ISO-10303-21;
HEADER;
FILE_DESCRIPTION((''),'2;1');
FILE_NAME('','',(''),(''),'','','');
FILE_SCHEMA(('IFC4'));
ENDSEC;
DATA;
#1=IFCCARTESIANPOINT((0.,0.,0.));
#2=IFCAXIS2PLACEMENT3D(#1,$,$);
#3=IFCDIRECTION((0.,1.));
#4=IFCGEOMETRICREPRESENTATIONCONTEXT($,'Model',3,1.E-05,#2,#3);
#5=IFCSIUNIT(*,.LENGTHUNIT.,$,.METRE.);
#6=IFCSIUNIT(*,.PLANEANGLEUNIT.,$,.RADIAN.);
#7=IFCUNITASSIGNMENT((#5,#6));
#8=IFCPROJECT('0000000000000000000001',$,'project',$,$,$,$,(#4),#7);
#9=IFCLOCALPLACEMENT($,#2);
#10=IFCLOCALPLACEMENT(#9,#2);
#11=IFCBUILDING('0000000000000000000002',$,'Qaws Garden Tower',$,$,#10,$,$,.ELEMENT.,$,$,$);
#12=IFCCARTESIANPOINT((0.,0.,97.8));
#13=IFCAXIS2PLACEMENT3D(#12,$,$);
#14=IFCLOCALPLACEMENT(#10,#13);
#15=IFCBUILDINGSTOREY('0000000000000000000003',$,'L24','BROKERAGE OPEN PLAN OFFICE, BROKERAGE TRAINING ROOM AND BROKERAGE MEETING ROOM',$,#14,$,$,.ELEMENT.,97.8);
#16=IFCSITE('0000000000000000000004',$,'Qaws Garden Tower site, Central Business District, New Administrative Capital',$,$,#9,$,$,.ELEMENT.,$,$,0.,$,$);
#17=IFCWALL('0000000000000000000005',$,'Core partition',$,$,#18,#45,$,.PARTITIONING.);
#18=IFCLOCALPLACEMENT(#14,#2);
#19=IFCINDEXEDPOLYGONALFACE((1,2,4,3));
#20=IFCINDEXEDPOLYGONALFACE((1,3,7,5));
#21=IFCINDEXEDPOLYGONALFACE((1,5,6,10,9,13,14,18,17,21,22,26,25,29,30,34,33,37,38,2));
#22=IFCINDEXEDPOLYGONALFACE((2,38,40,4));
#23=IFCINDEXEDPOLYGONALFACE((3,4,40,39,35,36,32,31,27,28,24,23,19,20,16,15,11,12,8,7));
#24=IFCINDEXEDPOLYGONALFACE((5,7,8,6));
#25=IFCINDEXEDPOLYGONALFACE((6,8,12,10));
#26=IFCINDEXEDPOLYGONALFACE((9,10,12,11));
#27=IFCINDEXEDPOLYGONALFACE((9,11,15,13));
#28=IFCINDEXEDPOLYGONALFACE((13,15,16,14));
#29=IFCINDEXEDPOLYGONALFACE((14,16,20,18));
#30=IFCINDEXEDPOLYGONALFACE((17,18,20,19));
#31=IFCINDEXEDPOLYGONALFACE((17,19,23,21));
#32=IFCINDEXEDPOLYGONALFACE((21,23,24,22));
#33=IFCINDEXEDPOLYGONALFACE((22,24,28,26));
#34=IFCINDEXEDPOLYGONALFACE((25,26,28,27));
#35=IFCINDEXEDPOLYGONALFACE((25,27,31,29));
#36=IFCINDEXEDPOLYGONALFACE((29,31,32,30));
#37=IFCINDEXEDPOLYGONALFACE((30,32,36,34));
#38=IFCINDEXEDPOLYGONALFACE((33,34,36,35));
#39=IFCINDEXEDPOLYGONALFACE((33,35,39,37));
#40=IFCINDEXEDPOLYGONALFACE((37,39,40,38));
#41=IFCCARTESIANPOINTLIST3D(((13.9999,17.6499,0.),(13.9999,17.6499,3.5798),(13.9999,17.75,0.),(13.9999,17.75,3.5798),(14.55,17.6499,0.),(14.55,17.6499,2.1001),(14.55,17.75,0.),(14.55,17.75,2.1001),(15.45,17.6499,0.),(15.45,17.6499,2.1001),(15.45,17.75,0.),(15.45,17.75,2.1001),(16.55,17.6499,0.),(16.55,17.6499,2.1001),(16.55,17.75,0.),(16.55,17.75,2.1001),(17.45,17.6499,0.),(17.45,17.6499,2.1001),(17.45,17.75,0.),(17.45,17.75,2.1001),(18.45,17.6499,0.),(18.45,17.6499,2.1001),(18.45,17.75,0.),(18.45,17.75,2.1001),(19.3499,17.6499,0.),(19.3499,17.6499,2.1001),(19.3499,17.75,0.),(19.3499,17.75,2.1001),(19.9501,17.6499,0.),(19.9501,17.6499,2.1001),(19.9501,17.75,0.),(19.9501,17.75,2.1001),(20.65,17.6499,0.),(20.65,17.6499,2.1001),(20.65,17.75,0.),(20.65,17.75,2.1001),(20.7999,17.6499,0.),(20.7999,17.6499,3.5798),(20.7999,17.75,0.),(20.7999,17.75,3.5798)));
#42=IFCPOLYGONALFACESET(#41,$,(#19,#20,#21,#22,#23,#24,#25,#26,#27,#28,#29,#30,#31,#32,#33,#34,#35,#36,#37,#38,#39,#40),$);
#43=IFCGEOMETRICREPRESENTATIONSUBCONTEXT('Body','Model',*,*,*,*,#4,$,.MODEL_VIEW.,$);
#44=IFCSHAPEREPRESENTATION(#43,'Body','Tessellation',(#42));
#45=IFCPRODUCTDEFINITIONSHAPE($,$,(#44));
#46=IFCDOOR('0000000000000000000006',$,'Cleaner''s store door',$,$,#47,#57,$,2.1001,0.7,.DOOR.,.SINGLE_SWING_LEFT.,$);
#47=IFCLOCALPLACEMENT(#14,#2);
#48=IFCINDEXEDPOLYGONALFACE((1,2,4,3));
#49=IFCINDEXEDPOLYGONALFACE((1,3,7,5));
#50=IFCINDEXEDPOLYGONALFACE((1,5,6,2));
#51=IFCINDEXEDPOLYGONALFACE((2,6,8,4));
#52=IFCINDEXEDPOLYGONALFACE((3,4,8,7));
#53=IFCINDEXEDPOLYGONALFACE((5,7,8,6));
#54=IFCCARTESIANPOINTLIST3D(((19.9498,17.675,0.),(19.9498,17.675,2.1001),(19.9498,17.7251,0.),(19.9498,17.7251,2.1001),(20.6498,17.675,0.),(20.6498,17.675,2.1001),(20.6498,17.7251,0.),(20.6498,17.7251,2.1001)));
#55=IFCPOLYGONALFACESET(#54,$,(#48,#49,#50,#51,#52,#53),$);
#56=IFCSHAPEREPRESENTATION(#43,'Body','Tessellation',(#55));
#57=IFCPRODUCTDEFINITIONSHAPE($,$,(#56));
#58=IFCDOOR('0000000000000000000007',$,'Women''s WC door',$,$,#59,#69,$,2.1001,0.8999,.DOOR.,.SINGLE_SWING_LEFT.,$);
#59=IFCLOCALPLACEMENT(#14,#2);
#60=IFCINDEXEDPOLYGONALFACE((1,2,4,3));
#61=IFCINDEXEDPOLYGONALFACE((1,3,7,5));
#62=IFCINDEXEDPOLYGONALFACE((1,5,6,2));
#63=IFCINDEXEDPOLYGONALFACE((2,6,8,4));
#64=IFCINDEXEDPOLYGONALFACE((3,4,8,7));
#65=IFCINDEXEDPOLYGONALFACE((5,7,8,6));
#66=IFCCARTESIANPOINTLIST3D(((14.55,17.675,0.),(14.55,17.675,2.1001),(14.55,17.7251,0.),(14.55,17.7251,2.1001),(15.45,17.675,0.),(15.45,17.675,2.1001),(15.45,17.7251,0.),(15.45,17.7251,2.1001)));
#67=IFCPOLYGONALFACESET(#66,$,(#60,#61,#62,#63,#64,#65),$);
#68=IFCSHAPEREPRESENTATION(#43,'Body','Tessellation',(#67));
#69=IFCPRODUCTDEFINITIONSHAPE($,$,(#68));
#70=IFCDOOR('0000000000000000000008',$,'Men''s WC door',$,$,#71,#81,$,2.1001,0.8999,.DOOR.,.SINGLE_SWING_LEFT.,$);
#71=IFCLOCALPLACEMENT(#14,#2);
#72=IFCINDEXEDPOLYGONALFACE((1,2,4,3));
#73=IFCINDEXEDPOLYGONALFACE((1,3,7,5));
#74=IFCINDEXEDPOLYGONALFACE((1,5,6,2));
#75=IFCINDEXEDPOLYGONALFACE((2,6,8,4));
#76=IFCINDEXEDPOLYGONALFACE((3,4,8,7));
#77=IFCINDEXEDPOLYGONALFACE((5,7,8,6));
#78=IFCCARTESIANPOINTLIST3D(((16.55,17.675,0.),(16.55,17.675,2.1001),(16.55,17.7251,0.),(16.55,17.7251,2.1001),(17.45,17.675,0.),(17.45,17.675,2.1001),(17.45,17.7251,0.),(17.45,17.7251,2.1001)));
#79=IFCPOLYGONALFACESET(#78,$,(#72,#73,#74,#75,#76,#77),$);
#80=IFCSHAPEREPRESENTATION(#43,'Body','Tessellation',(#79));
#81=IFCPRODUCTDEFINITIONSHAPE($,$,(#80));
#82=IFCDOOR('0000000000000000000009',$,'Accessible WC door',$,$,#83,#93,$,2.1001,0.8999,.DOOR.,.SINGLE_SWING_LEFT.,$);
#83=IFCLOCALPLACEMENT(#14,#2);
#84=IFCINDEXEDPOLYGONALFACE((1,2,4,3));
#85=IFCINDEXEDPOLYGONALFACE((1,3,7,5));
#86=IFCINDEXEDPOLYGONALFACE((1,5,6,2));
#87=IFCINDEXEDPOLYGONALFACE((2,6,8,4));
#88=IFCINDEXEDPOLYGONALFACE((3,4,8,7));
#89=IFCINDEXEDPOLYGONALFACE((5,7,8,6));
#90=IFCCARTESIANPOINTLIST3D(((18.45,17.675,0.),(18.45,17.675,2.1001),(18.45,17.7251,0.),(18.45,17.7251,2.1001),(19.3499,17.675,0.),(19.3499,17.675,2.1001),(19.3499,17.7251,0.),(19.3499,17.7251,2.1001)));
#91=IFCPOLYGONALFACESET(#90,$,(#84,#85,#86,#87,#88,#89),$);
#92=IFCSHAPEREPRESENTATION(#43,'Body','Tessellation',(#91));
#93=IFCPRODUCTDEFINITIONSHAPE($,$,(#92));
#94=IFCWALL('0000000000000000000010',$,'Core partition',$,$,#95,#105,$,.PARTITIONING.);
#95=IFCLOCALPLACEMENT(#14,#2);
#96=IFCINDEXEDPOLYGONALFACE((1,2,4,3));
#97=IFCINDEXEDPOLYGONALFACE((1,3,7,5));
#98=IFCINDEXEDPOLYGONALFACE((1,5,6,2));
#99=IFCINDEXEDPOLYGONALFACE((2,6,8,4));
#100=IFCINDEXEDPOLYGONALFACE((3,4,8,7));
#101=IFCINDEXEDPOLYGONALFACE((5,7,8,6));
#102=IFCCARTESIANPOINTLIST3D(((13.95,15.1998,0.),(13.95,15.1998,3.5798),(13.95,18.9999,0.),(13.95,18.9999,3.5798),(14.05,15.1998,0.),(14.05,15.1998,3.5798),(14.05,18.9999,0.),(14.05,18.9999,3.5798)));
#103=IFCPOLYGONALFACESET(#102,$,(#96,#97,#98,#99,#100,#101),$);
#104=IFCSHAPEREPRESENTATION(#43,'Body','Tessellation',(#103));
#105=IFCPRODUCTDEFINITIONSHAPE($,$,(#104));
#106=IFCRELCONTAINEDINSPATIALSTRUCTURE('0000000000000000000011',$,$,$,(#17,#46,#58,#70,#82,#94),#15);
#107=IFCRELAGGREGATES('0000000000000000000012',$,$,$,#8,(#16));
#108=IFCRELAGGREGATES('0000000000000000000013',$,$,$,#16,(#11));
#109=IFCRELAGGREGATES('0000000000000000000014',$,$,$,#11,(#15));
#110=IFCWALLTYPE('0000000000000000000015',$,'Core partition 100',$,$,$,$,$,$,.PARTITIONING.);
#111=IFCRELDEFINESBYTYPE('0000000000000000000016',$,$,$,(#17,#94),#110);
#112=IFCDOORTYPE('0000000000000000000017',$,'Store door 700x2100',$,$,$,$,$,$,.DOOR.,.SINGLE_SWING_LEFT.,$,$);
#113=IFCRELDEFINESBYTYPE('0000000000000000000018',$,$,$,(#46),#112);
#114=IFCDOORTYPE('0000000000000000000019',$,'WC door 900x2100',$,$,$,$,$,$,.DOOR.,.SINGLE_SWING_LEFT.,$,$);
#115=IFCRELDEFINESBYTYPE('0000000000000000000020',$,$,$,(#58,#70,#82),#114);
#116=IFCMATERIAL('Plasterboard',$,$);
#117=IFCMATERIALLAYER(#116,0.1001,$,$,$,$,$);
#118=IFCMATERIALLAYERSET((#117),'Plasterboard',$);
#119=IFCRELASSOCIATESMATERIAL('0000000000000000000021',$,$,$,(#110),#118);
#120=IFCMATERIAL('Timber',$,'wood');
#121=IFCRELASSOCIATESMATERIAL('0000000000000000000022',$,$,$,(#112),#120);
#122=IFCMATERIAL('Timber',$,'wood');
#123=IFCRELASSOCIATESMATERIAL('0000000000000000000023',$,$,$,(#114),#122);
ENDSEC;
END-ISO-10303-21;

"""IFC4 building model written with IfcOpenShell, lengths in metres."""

from ifc_helpers import new_model, si_unit, direction, frame, frame_2d, origin, place, context, subcontext, project, spatial, rectangle, extrude, material, layer, layer_set, type_object, element, fill, save


model = new_model("IFC4")

# Units and contexts
model_context = context("Model", 3, precision=1e-05, world=origin(), true_north=direction((0.0, 1.0)))
body_context = subcontext(model_context, "Body", "Model", "MODEL_VIEW")
ifc_project = project(units=[si_unit("LENGTHUNIT", "METRE"), si_unit("PLANEANGLEUNIT", "RADIAN")], contexts=[model_context])

# Site, building, storey
site_placement = place(None, origin())
site = spatial("IfcSite", under=ifc_project, at=site_placement, Name="Qaws Garden Tower site, Central Business District, New Administrative Capital", CompositionType="ELEMENT", RefElevation=0.0)
building_placement = place(site_placement, origin())
building = spatial("IfcBuilding", under=site, at=building_placement, Name="Qaws Garden Tower", CompositionType="ELEMENT")
storey_placement = place(building_placement, frame((0.0, 0.0, 97.8)))
storey = spatial("IfcBuildingStorey", under=building, at=storey_placement, Name="L24", Description="BROKERAGE OPEN PLAN OFFICE, BROKERAGE TRAINING ROOM AND BROKERAGE MEETING ROOM", CompositionType="ELEMENT", Elevation=97.8)

# Wall, openings, doors
ifc_material_1 = material(Name="Plasterboard")
ifc_layer_1 = layer(ifc_material_1, 0.1001)
ifc_layer_set_1 = layer_set([ifc_layer_1], Name="Plasterboard")
wall_type_1 = type_object("IfcWallType", Name="Core partition 100", PredefinedType="PARTITIONING", material=ifc_layer_set_1)
wall_1_placement = place(storey_placement, frame((14.0, 17.7, 0.0), z_axis=(0.0, 0.0, 1.0), x_axis=(1.0, 0.0, 0.0)))
wall_1 = element("IfcWall", 1, at=wall_1_placement, inside=storey, type_object=wall_type_1, Name="Core partition", PredefinedType="PARTITIONING", context=body_context, shape_type="SweptSolid", body=[
    extrude(rectangle(XDim=6.8, YDim=0.1001, at=frame_2d((3.3999, 0.0))), origin(), (0.0, 0.0, 1.0), 3.5798),
])
opening_1_placement = place(wall_1_placement, frame((0.55, 0.0, 0.0)))
opening_1 = element("IfcOpeningElement", 2, at=opening_1_placement, cuts=wall_1, PredefinedType="OPENING", context=body_context, shape_type="SweptSolid", body=[
    extrude(rectangle(XDim=0.8999, YDim=2.1001, at=frame_2d((0.45, 1.05))), frame((0.0, 0.0601, 0.0), z_axis=(0.0, -1.0, 0.0), x_axis=(1.0, 0.0, 0.0)), (0.0, 0.0, 1.0), 0.1201),
])
opening_2_placement = place(wall_1_placement, frame((2.55, 0.0, 0.0)))
opening_2 = element("IfcOpeningElement", 3, at=opening_2_placement, cuts=wall_1, PredefinedType="OPENING", context=body_context, shape_type="SweptSolid", body=[
    extrude(rectangle(XDim=0.8999, YDim=2.1001, at=frame_2d((0.45, 1.05))), frame((0.0, 0.0601, 0.0), z_axis=(0.0, -1.0, 0.0), x_axis=(1.0, 0.0, 0.0)), (0.0, 0.0, 1.0), 0.1201),
])
opening_3_placement = place(wall_1_placement, frame((4.45, 0.0, 0.0)))
opening_3 = element("IfcOpeningElement", 4, at=opening_3_placement, cuts=wall_1, PredefinedType="OPENING", context=body_context, shape_type="SweptSolid", body=[
    extrude(rectangle(XDim=0.8999, YDim=2.1001, at=frame_2d((0.45, 1.05))), frame((0.0, 0.0601, 0.0), z_axis=(0.0, -1.0, 0.0), x_axis=(1.0, 0.0, 0.0)), (0.0, 0.0, 1.0), 0.1201),
])
opening_4_placement = place(wall_1_placement, frame((5.95, 0.0, 0.0)))
opening_4 = element("IfcOpeningElement", 5, at=opening_4_placement, cuts=wall_1, PredefinedType="OPENING", context=body_context, shape_type="SweptSolid", body=[
    extrude(rectangle(XDim=0.7, YDim=2.1001, at=frame_2d((0.3501, 1.05))), frame((0.0, 0.0601, 0.0), z_axis=(0.0, -1.0, 0.0), x_axis=(1.0, 0.0, 0.0)), (0.0, 0.0, 1.0), 0.1201),
])
ifc_material_2 = material(Name="Timber", Category="wood")
door_type_1 = type_object("IfcDoorType", Name="Store door 700x2100", OperationType="SINGLE_SWING_LEFT", PredefinedType="DOOR", material=ifc_material_2)
door_1_placement = place(opening_4_placement, frame((0.7, 0.0, 0.0), z_axis=(0.0, 0.0, 1.0), x_axis=(-1.0, 0.0, 0.0)))
door_1 = element("IfcDoor", 6, at=door_1_placement, inside=storey, type_object=door_type_1, Name="Cleaner's store door", OperationType="SINGLE_SWING_LEFT", OverallHeight=2.1001, OverallWidth=0.7, PredefinedType="DOOR", context=body_context, shape_type="SweptSolid", body=[
    extrude(rectangle(XDim=0.7, YDim=2.1001, at=frame_2d((0.3501, 1.05))), frame((0.0, 0.0249, 0.0), z_axis=(0.0, -1.0, 0.0), x_axis=(1.0, 0.0, 0.0)), (0.0, 0.0, 1.0), 0.05),
])
fill(opening_4, door_1)
ifc_material_3 = material(Name="Timber", Category="wood")
door_type_2 = type_object("IfcDoorType", Name="WC door 900x2100", OperationType="SINGLE_SWING_LEFT", PredefinedType="DOOR", material=ifc_material_3)
door_2_placement = place(opening_1_placement, frame((0.8999, 0.0, 0.0), z_axis=(0.0, 0.0, 1.0), x_axis=(-1.0, 0.0, 0.0)))
door_2 = element("IfcDoor", 7, at=door_2_placement, inside=storey, type_object=door_type_2, Name="Women's WC door", OperationType="SINGLE_SWING_LEFT", OverallHeight=2.1001, OverallWidth=0.8999, PredefinedType="DOOR", context=body_context, shape_type="SweptSolid", body=[
    extrude(rectangle(XDim=0.8999, YDim=2.1001, at=frame_2d((0.45, 1.05))), frame((0.0, 0.0249, 0.0), z_axis=(0.0, -1.0, 0.0), x_axis=(1.0, 0.0, 0.0)), (0.0, 0.0, 1.0), 0.05),
])
fill(opening_1, door_2)
door_3_placement = place(opening_2_placement, frame((0.8999, 0.0, 0.0), z_axis=(0.0, 0.0, 1.0), x_axis=(-1.0, 0.0, 0.0)))
door_3 = element("IfcDoor", 8, at=door_3_placement, inside=storey, type_object=door_type_2, Name="Men's WC door", OperationType="SINGLE_SWING_LEFT", OverallHeight=2.1001, OverallWidth=0.8999, PredefinedType="DOOR", context=body_context, shape_type="SweptSolid", body=[
    extrude(rectangle(XDim=0.8999, YDim=2.1001, at=frame_2d((0.45, 1.05))), frame((0.0, 0.0249, 0.0), z_axis=(0.0, -1.0, 0.0), x_axis=(1.0, 0.0, 0.0)), (0.0, 0.0, 1.0), 0.05),
])
fill(opening_2, door_3)
door_4_placement = place(opening_3_placement, frame((0.8999, 0.0, 0.0), z_axis=(0.0, 0.0, 1.0), x_axis=(-1.0, 0.0, 0.0)))
door_4 = element("IfcDoor", 9, at=door_4_placement, inside=storey, type_object=door_type_2, Name="Accessible WC door", OperationType="SINGLE_SWING_LEFT", OverallHeight=2.1001, OverallWidth=0.8999, PredefinedType="DOOR", context=body_context, shape_type="SweptSolid", body=[
    extrude(rectangle(XDim=0.8999, YDim=2.1001, at=frame_2d((0.45, 1.05))), frame((0.0, 0.0249, 0.0), z_axis=(0.0, -1.0, 0.0), x_axis=(1.0, 0.0, 0.0)), (0.0, 0.0, 1.0), 0.05),
])
fill(opening_3, door_4)

# Wall
wall_2_placement = place(storey_placement, frame((14.0, 15.2, 0.0), z_axis=(0.0, 0.0, 1.0), x_axis=(0.0, 1.0, 0.0)))
element("IfcWall", 10, at=wall_2_placement, inside=storey, type_object=wall_type_1, Name="Core partition", PredefinedType="PARTITIONING", context=body_context, shape_type="SweptSolid", body=[
    extrude(rectangle(XDim=3.8, YDim=0.1001, at=frame_2d((1.8999, 0.0))), origin(), (0.0, 0.0, 1.0), 3.5798),
])

save(model, "model.ifc")
